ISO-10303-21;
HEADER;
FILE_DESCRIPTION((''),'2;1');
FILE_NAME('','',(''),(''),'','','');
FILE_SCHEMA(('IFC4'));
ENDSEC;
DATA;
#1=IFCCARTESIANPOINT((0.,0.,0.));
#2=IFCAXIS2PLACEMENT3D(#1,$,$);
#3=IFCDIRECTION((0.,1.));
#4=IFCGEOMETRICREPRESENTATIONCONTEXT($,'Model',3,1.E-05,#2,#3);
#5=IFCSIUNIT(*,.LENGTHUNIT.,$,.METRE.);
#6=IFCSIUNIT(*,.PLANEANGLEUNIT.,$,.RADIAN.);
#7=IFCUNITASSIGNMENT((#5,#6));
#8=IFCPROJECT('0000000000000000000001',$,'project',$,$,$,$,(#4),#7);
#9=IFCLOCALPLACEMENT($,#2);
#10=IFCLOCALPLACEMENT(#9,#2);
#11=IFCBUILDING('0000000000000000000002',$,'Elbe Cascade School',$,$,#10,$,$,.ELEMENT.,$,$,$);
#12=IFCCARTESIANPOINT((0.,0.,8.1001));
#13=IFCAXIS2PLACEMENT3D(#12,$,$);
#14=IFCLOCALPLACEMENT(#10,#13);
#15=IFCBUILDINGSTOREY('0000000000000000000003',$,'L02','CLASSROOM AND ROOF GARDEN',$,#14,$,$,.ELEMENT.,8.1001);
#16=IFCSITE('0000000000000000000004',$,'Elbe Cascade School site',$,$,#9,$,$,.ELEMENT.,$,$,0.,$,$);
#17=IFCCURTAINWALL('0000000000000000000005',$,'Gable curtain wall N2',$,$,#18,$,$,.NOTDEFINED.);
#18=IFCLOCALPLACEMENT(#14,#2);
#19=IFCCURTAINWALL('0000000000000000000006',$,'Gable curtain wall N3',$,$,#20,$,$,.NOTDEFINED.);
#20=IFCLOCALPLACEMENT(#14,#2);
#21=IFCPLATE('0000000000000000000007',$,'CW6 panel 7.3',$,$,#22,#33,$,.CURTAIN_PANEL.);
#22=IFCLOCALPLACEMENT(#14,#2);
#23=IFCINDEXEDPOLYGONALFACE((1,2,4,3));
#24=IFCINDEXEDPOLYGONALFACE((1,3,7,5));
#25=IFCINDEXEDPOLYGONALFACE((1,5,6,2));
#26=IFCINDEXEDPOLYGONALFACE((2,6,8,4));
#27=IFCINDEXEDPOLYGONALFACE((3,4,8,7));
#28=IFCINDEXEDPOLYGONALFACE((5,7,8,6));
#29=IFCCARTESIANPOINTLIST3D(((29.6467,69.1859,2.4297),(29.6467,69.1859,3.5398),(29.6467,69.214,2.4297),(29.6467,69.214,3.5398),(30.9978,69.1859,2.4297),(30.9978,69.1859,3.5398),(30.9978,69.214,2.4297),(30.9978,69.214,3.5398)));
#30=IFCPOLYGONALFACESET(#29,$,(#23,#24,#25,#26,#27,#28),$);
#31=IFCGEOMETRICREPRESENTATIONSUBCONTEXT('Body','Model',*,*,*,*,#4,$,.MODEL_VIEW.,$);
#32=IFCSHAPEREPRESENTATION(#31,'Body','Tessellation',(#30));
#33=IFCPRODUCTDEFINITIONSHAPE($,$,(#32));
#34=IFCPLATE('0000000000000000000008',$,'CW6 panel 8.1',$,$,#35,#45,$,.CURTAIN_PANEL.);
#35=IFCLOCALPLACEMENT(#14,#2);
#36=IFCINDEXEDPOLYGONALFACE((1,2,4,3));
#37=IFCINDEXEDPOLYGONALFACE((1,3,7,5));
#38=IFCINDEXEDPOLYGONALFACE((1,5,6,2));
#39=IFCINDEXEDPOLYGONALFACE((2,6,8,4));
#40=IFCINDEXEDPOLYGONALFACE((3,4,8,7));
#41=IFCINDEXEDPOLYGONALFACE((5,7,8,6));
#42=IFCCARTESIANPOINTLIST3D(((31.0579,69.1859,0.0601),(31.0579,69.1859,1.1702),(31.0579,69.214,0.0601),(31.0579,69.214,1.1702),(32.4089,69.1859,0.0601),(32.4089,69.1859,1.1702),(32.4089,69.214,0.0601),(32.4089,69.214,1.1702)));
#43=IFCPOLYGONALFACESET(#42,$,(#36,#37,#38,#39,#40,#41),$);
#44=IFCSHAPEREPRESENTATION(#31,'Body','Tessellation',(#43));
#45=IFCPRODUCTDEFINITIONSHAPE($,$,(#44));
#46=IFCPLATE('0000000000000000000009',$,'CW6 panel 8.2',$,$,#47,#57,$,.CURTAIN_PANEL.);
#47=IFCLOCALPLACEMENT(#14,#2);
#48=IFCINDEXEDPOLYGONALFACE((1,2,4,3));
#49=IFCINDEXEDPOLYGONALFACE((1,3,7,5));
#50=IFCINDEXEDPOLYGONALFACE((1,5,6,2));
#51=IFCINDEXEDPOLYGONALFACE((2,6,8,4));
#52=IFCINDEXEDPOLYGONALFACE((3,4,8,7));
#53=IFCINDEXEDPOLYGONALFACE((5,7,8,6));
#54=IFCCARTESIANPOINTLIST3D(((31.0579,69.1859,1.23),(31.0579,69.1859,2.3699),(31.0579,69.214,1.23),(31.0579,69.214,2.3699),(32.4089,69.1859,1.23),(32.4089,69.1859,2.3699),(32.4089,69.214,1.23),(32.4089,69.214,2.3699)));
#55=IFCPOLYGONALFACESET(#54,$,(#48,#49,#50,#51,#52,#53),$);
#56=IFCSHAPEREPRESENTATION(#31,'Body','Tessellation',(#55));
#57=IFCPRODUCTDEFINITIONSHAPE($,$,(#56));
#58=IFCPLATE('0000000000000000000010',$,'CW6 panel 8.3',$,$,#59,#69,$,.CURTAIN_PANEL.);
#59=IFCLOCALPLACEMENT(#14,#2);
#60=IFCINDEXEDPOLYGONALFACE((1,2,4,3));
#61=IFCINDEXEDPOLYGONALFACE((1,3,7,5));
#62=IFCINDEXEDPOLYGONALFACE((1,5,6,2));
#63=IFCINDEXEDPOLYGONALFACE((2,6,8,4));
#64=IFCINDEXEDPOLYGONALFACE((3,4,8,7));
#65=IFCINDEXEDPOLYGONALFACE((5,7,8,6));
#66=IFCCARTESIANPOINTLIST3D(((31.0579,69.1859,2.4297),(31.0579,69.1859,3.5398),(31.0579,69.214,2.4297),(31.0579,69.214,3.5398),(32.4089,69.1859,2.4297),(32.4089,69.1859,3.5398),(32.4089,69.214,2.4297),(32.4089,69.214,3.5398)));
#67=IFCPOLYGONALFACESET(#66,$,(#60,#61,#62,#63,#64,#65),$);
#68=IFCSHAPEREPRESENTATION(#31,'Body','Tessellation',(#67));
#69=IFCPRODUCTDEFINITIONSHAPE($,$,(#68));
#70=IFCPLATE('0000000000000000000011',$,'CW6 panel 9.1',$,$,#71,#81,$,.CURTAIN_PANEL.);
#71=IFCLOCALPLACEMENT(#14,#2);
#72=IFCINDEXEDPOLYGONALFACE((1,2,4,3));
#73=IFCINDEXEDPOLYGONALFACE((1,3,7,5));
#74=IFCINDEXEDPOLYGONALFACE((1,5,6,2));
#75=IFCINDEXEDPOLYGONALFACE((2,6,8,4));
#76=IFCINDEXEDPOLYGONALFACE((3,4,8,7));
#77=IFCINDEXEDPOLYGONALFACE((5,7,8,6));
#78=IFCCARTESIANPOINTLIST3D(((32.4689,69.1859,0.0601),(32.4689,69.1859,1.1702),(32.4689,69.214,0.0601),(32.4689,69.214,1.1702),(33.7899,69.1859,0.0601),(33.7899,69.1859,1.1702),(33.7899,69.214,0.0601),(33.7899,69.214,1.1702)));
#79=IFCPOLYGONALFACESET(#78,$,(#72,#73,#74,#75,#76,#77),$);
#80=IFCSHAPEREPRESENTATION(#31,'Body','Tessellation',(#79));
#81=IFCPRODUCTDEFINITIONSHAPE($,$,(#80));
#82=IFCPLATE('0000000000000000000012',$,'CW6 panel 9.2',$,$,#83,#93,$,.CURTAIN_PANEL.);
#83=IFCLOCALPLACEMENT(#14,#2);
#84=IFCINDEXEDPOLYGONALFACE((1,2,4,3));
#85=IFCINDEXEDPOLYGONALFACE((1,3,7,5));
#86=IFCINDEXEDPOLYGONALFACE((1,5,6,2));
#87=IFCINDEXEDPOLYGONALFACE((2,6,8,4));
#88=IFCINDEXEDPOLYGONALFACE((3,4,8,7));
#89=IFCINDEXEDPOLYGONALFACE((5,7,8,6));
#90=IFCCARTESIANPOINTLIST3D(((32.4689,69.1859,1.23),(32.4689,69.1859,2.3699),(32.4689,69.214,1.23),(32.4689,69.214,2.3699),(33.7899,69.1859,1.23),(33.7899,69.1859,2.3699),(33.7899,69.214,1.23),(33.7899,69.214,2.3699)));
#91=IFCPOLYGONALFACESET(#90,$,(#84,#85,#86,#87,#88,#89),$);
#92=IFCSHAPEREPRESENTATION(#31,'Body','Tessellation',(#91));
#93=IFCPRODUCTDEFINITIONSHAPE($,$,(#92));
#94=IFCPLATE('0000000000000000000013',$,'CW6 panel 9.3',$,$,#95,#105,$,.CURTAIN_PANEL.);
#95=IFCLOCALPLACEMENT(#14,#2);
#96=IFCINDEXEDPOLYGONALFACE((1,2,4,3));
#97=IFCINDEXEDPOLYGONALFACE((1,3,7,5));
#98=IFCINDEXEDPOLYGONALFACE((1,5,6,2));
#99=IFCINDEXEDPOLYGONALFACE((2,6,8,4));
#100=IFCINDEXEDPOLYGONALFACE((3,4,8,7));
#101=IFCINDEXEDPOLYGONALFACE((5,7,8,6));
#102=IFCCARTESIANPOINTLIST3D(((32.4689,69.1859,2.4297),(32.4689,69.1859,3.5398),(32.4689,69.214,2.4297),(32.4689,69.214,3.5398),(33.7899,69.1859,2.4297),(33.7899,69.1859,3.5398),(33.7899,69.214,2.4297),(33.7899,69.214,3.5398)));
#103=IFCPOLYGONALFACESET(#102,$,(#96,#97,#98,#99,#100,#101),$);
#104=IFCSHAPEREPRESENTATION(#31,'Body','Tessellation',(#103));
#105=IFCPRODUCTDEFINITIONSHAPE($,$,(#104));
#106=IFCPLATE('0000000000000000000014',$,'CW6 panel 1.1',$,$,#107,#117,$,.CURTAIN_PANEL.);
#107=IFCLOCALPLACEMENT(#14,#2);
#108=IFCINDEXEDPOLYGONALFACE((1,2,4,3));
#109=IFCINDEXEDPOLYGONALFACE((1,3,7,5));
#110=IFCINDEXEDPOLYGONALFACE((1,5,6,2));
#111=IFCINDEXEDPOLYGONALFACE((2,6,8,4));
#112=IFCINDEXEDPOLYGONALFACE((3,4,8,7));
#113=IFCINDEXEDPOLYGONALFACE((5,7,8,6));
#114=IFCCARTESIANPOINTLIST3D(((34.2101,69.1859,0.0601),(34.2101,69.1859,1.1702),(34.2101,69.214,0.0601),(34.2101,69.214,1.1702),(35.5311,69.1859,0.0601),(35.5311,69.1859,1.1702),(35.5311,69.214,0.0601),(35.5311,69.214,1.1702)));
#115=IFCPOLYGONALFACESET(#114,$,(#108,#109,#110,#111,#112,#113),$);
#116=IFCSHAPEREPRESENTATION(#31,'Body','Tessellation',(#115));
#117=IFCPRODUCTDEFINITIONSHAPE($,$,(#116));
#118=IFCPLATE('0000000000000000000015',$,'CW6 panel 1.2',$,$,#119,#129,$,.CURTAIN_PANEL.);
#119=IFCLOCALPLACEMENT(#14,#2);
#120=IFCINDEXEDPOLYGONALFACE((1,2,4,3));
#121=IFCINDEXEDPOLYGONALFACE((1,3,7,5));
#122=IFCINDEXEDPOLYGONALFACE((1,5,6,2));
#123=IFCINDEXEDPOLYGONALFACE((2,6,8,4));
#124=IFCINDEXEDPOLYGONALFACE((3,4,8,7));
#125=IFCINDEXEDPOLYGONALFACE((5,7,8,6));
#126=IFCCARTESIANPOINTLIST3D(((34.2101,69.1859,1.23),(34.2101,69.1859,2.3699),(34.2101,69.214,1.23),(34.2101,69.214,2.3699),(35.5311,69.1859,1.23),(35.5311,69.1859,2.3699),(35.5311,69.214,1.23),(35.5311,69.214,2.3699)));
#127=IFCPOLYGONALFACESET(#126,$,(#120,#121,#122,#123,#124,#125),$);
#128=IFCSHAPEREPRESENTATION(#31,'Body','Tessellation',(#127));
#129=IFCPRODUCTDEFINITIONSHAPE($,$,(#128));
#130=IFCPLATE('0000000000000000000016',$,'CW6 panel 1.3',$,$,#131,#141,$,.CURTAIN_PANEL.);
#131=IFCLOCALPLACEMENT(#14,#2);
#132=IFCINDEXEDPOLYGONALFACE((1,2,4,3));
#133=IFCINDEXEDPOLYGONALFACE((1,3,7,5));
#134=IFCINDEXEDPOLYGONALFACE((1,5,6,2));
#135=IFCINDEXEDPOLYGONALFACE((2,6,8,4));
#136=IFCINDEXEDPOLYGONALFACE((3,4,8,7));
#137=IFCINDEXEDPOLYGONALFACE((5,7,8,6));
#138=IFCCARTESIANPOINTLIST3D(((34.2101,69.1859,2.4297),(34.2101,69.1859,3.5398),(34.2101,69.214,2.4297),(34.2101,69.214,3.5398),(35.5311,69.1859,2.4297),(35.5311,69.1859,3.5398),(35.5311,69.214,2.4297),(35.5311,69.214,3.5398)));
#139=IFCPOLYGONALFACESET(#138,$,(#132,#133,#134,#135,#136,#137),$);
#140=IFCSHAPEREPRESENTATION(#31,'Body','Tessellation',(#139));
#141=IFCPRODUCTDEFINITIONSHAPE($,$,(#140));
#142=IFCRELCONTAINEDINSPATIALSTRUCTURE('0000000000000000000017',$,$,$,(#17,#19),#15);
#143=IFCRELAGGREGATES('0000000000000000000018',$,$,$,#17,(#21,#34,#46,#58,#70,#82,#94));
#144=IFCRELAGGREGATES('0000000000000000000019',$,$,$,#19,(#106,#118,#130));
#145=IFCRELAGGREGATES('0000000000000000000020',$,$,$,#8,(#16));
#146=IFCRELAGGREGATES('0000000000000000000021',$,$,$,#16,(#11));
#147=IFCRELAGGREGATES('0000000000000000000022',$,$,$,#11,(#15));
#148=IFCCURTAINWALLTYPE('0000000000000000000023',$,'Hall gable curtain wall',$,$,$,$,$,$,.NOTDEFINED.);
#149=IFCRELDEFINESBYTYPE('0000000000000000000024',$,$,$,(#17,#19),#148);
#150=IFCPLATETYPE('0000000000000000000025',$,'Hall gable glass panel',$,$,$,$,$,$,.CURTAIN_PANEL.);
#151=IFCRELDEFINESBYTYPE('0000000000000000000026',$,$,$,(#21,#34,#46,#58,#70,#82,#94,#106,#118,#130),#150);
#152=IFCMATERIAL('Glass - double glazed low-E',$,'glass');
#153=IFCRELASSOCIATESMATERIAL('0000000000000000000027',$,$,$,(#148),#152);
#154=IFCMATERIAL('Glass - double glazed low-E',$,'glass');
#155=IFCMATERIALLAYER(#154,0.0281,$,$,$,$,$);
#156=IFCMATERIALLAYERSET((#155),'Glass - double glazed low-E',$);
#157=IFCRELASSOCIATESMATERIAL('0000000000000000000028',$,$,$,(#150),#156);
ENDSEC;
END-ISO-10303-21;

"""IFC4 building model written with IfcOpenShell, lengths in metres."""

from ifc_helpers import new_model, si_unit, direction, frame, origin, origin_2d, place, context, subcontext, project, spatial, rectangle, extrude, material, layer, layer_set, type_object, element, aggregate, save


model = new_model("IFC4")

# Units and contexts
model_context = context("Model", 3, precision=1e-05, world=origin(), true_north=direction((0.0, 1.0)))
body_context = subcontext(model_context, "Body", "Model", "MODEL_VIEW")
ifc_project = project(units=[si_unit("LENGTHUNIT", "METRE"), si_unit("PLANEANGLEUNIT", "RADIAN")], contexts=[model_context])

# Site, building, storey
site_placement = place(None, origin())
site = spatial("IfcSite", under=ifc_project, at=site_placement, Name="Elbe Cascade School site", CompositionType="ELEMENT", RefElevation=0.0)
building_placement = place(site_placement, origin())
building = spatial("IfcBuilding", under=site, at=building_placement, Name="Elbe Cascade School", CompositionType="ELEMENT")
storey_placement = place(building_placement, frame((0.0, 0.0, 8.1001)))
storey = spatial("IfcBuildingStorey", under=building, at=storey_placement, Name="L02", Description="CLASSROOM AND ROOF GARDEN", CompositionType="ELEMENT", Elevation=8.1001)

# Shared definitions
ifc_material_1 = material(Name="Glass - double glazed low-E", Category="glass")
curtain_wall_type = type_object("IfcCurtainWallType", Name="Hall gable curtain wall", PredefinedType="NOTDEFINED", material=ifc_material_1)

# Curtain wall
curtain_wall_1_placement = place(storey_placement, origin())
curtain_wall_1 = element("IfcCurtainWall", 1, at=curtain_wall_1_placement, inside=storey, type_object=curtain_wall_type, Name="Gable curtain wall N2", PredefinedType="NOTDEFINED")

# Curtain wall
curtain_wall_2_placement = place(storey_placement, origin())
curtain_wall_2 = element("IfcCurtainWall", 2, at=curtain_wall_2_placement, inside=storey, type_object=curtain_wall_type, Name="Gable curtain wall N3", PredefinedType="NOTDEFINED")

# Plates
ifc_material_2 = material(Name="Glass - double glazed low-E", Category="glass")
ifc_layer = layer(ifc_material_2, 0.0281)
ifc_layer_set = layer_set([ifc_layer], Name="Glass - double glazed low-E")
plate_type = type_object("IfcPlateType", Name="Hall gable glass panel", PredefinedType="CURTAIN_PANEL", material=ifc_layer_set)
plate_1_placement = place(storey_placement, frame((30.3223, 69.2, 2.4297), z_axis=(0.0, 0.0, 1.0), x_axis=(1.0, 0.0, 0.0)))
plate_1 = element("IfcPlate", 3, at=plate_1_placement, type_object=plate_type, Name="CW6 panel 7.3", PredefinedType="CURTAIN_PANEL", context=body_context, shape_type="SweptSolid", body=[
    extrude(rectangle(XDim=1.3511, YDim=0.0281, at=origin_2d()), origin(), (0.0, 0.0, 1.0), 1.1101),
])
plate_2_placement = place(storey_placement, frame((31.7334, 69.2, 0.0601), z_axis=(0.0, 0.0, 1.0), x_axis=(1.0, 0.0, 0.0)))
plate_2 = element("IfcPlate", 4, at=plate_2_placement, type_object=plate_type, Name="CW6 panel 8.1", PredefinedType="CURTAIN_PANEL", context=body_context, shape_type="SweptSolid", body=[
    extrude(rectangle(XDim=1.3511, YDim=0.0281, at=origin_2d()), origin(), (0.0, 0.0, 1.0), 1.1101),
])
plate_3_placement = place(storey_placement, frame((31.7334, 69.2, 1.23), z_axis=(0.0, 0.0, 1.0), x_axis=(1.0, 0.0, 0.0)))
plate_3 = element("IfcPlate", 5, at=plate_3_placement, type_object=plate_type, Name="CW6 panel 8.2", PredefinedType="CURTAIN_PANEL", context=body_context, shape_type="SweptSolid", body=[
    extrude(rectangle(XDim=1.3511, YDim=0.0281, at=origin_2d()), origin(), (0.0, 0.0, 1.0), 1.1399),
])
plate_4_placement = place(storey_placement, frame((31.7334, 69.2, 2.4297), z_axis=(0.0, 0.0, 1.0), x_axis=(1.0, 0.0, 0.0)))
plate_4 = element("IfcPlate", 6, at=plate_4_placement, type_object=plate_type, Name="CW6 panel 8.3", PredefinedType="CURTAIN_PANEL", context=body_context, shape_type="SweptSolid", body=[
    extrude(rectangle(XDim=1.3511, YDim=0.0281, at=origin_2d()), origin(), (0.0, 0.0, 1.0), 1.1101),
])
plate_5_placement = place(storey_placement, frame((33.1294, 69.2, 0.0601), z_axis=(0.0, 0.0, 1.0), x_axis=(1.0, 0.0, 0.0)))
plate_5 = element("IfcPlate", 7, at=plate_5_placement, type_object=plate_type, Name="CW6 panel 9.1", PredefinedType="CURTAIN_PANEL", context=body_context, shape_type="SweptSolid", body=[
    extrude(rectangle(XDim=1.321, YDim=0.0281, at=origin_2d()), origin(), (0.0, 0.0, 1.0), 1.1101),
])
plate_6_placement = place(storey_placement, frame((33.1294, 69.2, 1.23), z_axis=(0.0, 0.0, 1.0), x_axis=(1.0, 0.0, 0.0)))
plate_6 = element("IfcPlate", 8, at=plate_6_placement, type_object=plate_type, Name="CW6 panel 9.2", PredefinedType="CURTAIN_PANEL", context=body_context, shape_type="SweptSolid", body=[
    extrude(rectangle(XDim=1.321, YDim=0.0281, at=origin_2d()), origin(), (0.0, 0.0, 1.0), 1.1399),
])
plate_7_placement = place(storey_placement, frame((33.1294, 69.2, 2.4297), z_axis=(0.0, 0.0, 1.0), x_axis=(1.0, 0.0, 0.0)))
plate_7 = element("IfcPlate", 9, at=plate_7_placement, type_object=plate_type, Name="CW6 panel 9.3", PredefinedType="CURTAIN_PANEL", context=body_context, shape_type="SweptSolid", body=[
    extrude(rectangle(XDim=1.321, YDim=0.0281, at=origin_2d()), origin(), (0.0, 0.0, 1.0), 1.1101),
])
aggregate(curtain_wall_1, [plate_1, plate_2, plate_3, plate_4, plate_5, plate_6, plate_7])
plate_8_placement = place(storey_placement, frame((34.8706, 69.2, 0.0601), z_axis=(0.0, 0.0, 1.0), x_axis=(1.0, 0.0, 0.0)))
plate_8 = element("IfcPlate", 10, at=plate_8_placement, type_object=plate_type, Name="CW6 panel 1.1", PredefinedType="CURTAIN_PANEL", context=body_context, shape_type="SweptSolid", body=[
    extrude(rectangle(XDim=1.321, YDim=0.0281, at=origin_2d()), origin(), (0.0, 0.0, 1.0), 1.1101),
])
plate_9_placement = place(storey_placement, frame((34.8706, 69.2, 1.23), z_axis=(0.0, 0.0, 1.0), x_axis=(1.0, 0.0, 0.0)))
plate_9 = element("IfcPlate", 11, at=plate_9_placement, type_object=plate_type, Name="CW6 panel 1.2", PredefinedType="CURTAIN_PANEL", context=body_context, shape_type="SweptSolid", body=[
    extrude(rectangle(XDim=1.321, YDim=0.0281, at=origin_2d()), origin(), (0.0, 0.0, 1.0), 1.1399),
])
plate_10_placement = place(storey_placement, frame((34.8706, 69.2, 2.4297), z_axis=(0.0, 0.0, 1.0), x_axis=(1.0, 0.0, 0.0)))
plate_10 = element("IfcPlate", 12, at=plate_10_placement, type_object=plate_type, Name="CW6 panel 1.3", PredefinedType="CURTAIN_PANEL", context=body_context, shape_type="SweptSolid", body=[
    extrude(rectangle(XDim=1.321, YDim=0.0281, at=origin_2d()), origin(), (0.0, 0.0, 1.0), 1.1101),
])
aggregate(curtain_wall_2, [plate_8, plate_9, plate_10])

save(model, "model.ifc")
